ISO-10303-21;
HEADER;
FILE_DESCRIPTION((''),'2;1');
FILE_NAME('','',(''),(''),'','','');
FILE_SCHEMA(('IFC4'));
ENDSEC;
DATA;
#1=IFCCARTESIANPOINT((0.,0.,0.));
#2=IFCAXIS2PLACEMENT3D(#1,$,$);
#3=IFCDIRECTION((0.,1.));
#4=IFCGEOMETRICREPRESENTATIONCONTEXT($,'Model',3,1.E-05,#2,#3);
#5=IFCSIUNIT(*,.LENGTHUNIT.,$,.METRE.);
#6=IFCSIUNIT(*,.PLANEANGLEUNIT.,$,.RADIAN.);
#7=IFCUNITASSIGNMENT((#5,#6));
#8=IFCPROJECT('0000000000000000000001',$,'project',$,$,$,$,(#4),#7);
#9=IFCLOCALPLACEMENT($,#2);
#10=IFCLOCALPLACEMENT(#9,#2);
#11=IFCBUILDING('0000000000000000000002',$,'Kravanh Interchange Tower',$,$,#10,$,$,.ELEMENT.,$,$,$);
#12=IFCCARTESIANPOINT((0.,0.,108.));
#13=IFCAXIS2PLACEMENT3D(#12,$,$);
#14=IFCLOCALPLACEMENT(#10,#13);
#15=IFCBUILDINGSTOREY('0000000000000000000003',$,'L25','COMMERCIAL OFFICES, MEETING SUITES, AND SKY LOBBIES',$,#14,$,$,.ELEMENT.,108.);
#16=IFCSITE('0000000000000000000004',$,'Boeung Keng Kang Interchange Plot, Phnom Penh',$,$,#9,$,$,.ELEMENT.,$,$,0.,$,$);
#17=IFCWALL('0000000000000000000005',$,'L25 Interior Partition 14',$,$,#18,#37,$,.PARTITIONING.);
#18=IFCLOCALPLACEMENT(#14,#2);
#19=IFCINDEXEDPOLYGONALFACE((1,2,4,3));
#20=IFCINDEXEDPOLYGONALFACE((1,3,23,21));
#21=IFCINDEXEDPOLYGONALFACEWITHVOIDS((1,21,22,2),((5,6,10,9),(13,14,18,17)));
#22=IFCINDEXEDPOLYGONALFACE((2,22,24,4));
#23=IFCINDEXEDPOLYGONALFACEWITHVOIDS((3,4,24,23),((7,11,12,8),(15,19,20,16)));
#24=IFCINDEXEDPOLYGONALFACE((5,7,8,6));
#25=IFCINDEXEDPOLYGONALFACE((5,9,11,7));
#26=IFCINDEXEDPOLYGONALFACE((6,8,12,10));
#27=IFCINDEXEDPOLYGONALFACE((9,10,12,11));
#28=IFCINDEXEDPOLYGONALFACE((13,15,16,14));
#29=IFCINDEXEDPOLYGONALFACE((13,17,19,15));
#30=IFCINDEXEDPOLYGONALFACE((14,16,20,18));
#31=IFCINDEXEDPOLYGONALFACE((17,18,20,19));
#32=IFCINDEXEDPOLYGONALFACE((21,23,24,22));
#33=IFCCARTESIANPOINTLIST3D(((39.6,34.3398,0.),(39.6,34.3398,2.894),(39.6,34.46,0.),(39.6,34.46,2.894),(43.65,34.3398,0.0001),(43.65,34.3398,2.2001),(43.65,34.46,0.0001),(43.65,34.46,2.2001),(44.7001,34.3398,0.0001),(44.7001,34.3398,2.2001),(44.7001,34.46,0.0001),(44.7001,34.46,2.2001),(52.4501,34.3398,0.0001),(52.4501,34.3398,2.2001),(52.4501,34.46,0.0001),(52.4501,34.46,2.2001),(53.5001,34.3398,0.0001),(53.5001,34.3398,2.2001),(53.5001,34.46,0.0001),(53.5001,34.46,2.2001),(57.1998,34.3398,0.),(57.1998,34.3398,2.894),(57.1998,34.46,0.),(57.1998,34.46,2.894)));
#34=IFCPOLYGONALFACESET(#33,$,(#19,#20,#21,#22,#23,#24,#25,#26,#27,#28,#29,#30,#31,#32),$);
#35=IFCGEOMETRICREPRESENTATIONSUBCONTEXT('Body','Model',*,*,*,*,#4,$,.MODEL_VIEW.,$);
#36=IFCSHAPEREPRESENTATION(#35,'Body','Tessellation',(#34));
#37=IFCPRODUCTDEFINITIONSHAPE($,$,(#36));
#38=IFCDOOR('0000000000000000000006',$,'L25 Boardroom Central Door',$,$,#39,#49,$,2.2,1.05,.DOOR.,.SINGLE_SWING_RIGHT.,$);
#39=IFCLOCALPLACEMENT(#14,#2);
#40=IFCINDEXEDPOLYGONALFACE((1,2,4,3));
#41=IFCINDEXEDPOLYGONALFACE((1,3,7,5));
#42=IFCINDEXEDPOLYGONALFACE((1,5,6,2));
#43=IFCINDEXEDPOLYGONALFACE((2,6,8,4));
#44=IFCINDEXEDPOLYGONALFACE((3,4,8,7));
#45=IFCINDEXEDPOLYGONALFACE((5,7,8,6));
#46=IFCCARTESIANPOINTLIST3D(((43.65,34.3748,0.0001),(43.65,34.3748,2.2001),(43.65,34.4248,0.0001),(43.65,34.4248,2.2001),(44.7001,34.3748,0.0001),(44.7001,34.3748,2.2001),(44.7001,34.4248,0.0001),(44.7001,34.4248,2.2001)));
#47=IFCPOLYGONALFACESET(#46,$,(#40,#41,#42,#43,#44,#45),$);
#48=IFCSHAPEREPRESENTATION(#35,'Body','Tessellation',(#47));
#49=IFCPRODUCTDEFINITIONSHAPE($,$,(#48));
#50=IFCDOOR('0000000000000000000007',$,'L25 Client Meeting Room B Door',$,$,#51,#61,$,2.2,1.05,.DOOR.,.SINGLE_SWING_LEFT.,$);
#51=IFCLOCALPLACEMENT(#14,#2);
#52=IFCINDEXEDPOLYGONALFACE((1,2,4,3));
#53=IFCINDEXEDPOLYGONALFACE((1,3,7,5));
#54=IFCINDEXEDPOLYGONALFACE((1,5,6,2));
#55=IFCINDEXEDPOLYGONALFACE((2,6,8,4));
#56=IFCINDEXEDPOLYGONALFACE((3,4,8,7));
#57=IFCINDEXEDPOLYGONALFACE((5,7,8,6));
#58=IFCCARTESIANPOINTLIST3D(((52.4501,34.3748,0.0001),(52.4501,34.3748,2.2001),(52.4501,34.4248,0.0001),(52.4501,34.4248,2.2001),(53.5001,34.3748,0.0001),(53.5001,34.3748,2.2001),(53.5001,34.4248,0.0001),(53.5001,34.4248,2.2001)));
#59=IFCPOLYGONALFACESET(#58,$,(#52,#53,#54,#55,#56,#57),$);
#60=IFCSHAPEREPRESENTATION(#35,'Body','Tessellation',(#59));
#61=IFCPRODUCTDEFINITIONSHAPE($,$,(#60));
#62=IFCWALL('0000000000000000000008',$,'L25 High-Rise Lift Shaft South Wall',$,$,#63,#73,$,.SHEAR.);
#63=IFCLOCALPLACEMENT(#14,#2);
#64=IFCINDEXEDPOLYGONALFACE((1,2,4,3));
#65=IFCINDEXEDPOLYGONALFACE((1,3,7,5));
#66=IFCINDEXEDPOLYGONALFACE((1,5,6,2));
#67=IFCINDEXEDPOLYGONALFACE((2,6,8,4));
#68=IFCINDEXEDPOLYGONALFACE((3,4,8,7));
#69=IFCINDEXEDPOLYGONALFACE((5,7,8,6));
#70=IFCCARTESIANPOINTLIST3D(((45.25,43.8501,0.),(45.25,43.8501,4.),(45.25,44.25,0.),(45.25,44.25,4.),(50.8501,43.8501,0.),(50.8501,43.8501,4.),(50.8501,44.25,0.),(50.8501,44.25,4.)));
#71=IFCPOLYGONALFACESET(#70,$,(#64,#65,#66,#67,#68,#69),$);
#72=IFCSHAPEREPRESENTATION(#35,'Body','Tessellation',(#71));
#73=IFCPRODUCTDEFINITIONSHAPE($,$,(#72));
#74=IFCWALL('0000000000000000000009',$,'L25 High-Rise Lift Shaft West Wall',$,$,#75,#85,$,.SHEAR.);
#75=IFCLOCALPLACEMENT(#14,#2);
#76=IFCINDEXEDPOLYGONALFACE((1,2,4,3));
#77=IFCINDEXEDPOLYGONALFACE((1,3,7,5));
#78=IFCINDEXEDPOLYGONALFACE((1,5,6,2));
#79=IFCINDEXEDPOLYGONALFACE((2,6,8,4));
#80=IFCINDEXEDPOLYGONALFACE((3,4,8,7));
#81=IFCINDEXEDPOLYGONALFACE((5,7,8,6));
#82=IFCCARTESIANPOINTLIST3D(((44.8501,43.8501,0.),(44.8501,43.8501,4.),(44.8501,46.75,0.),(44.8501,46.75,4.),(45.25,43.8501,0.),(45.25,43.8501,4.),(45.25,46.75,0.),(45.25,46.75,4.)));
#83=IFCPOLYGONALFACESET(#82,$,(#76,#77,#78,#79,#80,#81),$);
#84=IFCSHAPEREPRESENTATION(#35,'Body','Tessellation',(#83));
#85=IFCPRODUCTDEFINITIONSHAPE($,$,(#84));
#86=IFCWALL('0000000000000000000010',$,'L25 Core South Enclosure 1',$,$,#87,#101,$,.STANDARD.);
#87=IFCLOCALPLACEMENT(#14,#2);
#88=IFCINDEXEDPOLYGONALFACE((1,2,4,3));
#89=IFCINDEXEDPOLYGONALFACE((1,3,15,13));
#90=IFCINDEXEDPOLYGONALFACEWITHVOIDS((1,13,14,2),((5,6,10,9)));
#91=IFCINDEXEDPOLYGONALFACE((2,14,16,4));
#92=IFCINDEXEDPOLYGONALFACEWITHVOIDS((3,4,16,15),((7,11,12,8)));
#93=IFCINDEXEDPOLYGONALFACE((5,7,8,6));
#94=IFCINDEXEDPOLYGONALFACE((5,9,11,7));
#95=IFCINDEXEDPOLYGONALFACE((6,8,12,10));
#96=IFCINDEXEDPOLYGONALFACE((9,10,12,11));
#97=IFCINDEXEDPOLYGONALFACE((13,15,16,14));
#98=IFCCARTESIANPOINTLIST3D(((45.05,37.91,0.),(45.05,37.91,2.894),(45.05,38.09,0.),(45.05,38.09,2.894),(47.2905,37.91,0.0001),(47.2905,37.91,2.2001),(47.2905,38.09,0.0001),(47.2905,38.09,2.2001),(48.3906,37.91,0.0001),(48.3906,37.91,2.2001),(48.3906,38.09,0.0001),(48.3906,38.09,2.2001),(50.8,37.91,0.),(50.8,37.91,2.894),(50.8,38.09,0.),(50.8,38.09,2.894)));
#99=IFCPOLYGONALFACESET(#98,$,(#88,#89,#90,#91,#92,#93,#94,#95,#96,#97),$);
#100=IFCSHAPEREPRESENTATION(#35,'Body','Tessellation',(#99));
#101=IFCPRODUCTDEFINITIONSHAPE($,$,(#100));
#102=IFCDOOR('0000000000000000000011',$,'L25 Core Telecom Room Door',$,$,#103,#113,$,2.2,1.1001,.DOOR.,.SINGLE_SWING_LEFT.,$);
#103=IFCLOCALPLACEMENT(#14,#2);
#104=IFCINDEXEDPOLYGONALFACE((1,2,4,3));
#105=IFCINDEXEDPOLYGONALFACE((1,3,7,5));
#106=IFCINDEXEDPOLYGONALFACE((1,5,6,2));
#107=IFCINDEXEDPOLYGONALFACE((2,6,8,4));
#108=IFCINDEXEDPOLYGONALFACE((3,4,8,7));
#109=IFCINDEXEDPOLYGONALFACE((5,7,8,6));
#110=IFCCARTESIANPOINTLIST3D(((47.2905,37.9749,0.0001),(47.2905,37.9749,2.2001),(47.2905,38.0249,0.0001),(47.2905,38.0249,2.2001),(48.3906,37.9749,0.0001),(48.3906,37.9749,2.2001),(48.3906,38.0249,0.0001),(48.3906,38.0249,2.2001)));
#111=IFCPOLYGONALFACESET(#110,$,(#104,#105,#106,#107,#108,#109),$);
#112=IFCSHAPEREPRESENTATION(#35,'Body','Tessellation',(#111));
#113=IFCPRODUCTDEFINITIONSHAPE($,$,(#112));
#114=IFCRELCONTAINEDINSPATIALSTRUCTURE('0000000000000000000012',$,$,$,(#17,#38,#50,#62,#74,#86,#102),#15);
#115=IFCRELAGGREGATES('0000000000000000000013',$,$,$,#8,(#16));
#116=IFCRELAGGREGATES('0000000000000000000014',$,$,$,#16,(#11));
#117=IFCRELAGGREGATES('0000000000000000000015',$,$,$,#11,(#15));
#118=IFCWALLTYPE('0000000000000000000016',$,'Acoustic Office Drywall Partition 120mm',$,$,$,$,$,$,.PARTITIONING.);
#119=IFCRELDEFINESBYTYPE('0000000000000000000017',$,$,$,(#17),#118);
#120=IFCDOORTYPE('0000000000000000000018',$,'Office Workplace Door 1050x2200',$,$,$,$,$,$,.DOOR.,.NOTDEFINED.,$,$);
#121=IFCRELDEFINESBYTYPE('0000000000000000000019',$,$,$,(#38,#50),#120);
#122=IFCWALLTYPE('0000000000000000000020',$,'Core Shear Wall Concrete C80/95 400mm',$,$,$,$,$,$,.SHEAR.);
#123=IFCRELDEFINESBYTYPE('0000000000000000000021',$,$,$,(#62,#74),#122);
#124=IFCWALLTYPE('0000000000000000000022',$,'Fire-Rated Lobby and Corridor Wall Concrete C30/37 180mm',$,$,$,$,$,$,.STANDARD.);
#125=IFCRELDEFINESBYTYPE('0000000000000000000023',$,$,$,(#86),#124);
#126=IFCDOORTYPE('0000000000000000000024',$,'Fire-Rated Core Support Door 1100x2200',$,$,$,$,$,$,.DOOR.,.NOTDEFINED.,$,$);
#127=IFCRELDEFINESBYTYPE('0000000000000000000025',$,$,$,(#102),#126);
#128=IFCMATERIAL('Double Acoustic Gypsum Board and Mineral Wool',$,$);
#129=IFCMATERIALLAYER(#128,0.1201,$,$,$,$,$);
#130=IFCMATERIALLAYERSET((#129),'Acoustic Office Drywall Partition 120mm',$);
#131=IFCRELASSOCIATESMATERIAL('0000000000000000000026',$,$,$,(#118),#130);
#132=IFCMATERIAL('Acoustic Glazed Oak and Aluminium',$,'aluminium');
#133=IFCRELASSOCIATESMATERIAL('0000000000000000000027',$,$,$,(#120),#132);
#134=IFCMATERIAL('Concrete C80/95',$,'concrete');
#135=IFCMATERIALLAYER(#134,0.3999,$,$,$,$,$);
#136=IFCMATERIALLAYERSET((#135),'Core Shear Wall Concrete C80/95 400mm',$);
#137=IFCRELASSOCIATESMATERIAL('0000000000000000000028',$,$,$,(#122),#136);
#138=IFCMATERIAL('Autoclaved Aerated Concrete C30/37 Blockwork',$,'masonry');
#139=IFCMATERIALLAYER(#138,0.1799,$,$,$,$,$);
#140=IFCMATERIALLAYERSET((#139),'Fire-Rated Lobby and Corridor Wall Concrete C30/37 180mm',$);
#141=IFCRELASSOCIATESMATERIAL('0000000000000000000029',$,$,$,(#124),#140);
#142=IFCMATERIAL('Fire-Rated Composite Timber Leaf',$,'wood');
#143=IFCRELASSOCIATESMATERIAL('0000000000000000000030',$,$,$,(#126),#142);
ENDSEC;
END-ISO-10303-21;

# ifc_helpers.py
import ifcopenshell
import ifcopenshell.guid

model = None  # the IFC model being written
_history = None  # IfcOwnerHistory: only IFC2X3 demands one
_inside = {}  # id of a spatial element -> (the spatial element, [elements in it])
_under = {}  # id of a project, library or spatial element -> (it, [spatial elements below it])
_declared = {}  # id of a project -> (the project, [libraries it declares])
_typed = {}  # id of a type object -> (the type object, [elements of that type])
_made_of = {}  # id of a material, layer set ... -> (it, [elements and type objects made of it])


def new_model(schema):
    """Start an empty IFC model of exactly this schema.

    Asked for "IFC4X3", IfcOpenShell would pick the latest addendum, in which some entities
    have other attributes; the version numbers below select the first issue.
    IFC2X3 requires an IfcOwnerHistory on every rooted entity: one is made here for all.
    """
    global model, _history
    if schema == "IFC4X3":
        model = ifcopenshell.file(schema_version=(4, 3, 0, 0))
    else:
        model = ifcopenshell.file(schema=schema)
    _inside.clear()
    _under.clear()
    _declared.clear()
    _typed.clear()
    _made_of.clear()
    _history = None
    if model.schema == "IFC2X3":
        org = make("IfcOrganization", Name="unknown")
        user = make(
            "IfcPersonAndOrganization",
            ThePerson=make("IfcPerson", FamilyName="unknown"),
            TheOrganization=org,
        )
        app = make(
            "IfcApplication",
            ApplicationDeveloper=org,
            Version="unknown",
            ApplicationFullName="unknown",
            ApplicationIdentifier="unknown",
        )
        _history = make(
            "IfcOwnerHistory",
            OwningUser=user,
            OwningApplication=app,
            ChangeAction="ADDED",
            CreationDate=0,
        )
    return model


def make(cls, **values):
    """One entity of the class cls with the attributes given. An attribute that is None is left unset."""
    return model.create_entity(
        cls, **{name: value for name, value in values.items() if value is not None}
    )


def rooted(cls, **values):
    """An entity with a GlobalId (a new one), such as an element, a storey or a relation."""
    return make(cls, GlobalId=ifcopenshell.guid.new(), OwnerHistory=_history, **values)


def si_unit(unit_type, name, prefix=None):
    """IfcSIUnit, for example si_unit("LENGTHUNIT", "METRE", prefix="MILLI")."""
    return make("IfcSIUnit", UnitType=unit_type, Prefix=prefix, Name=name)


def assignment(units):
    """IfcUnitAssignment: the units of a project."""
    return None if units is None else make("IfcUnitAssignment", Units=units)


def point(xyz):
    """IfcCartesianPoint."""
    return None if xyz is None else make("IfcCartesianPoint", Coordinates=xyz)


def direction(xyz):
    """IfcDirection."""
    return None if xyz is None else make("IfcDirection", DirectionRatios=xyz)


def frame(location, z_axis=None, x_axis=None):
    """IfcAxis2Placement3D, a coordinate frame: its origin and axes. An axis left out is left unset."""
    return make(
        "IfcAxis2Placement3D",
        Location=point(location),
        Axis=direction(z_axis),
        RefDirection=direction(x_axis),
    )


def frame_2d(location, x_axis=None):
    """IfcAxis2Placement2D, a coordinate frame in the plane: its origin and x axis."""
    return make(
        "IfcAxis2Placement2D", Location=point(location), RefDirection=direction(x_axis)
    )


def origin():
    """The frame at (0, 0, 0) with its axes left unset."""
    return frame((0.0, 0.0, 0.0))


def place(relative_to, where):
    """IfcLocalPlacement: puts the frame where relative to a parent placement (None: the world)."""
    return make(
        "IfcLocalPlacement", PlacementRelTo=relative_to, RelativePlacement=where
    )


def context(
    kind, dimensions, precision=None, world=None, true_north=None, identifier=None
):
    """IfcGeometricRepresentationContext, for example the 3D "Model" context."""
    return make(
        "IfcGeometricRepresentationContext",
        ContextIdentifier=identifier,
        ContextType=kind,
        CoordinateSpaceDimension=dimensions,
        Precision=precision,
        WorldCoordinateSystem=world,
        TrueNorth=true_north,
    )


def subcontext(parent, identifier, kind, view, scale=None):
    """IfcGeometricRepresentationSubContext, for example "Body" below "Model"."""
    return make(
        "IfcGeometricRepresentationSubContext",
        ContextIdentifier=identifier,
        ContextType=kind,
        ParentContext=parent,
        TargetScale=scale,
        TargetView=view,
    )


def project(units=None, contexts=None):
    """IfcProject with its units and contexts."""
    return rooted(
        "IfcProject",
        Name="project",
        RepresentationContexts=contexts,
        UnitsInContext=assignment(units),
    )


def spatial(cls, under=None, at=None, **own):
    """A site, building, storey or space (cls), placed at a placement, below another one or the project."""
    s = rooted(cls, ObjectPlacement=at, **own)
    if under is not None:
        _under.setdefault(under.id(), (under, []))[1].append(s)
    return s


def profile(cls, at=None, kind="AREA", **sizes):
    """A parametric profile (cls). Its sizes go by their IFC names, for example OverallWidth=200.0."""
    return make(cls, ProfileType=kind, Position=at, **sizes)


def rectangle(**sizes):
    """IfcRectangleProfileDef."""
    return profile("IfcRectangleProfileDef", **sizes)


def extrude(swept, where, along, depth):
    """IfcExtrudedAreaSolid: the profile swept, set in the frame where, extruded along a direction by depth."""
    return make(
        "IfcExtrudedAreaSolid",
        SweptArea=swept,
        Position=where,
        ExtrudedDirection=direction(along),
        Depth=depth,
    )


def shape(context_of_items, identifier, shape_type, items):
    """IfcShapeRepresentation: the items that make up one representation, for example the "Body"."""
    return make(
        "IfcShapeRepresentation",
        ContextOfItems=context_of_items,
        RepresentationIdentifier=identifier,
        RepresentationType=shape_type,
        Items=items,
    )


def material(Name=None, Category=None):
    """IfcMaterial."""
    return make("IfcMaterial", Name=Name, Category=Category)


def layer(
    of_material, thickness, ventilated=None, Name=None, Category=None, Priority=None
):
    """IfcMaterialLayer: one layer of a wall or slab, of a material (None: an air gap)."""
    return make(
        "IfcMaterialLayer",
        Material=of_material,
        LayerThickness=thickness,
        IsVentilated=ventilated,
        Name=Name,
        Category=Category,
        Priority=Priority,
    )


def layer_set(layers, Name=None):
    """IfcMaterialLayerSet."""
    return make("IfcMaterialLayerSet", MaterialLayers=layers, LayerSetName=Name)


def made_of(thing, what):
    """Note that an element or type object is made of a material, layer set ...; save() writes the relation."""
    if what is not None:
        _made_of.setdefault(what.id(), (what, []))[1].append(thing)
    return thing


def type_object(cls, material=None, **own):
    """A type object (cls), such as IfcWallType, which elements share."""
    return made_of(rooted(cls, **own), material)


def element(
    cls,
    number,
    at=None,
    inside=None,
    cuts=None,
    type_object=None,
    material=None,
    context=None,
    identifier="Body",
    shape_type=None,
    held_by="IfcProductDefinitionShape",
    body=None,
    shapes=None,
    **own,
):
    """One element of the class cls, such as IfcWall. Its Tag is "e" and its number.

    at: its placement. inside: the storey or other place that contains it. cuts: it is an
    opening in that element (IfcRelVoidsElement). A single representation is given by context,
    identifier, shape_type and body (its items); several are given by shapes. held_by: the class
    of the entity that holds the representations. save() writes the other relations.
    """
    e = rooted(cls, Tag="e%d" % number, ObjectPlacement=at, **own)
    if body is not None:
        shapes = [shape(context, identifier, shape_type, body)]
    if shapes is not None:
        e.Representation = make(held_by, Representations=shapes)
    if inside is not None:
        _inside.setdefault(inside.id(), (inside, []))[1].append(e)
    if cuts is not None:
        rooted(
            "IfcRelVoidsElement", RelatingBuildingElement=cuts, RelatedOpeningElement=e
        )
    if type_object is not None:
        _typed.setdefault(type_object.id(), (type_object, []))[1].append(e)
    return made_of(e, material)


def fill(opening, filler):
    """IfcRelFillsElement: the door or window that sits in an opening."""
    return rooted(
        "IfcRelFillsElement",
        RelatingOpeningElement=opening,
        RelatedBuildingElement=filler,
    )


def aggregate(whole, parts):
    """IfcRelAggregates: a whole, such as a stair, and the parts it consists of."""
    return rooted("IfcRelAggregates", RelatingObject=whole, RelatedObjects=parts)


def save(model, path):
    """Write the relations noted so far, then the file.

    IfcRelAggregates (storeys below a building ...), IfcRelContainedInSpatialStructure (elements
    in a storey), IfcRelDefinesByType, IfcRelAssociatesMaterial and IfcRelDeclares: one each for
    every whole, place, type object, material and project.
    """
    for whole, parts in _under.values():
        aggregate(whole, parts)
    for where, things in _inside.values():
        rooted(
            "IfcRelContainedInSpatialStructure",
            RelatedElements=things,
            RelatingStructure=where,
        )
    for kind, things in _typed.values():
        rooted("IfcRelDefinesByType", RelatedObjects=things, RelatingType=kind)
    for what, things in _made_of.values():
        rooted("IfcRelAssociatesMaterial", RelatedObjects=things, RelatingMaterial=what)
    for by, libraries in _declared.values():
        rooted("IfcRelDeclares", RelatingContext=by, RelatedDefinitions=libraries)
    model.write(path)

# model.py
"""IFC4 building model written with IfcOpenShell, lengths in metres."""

from ifc_helpers import new_model, si_unit, direction, frame, frame_2d, origin, place, context, subcontext, project, spatial, rectangle, extrude, material, layer, layer_set, type_object, element, fill, save


model = new_model("IFC4")

# Units and contexts
model_context = context("Model", 3, precision=1e-05, world=origin(), true_north=direction((0.0, 1.0)))
body_context = subcontext(model_context, "Body", "Model", "MODEL_VIEW")
ifc_project = project(units=[si_unit("LENGTHUNIT", "METRE"), si_unit("PLANEANGLEUNIT", "RADIAN")], contexts=[model_context])

# Site, building, storey
site_placement = place(None, origin())
site = spatial("IfcSite", under=ifc_project, at=site_placement, Name="Boeung Keng Kang Interchange Plot, Phnom Penh", CompositionType="ELEMENT", RefElevation=0.0)
building_placement = place(site_placement, origin())
building = spatial("IfcBuilding", under=site, at=building_placement, Name="Kravanh Interchange Tower", CompositionType="ELEMENT")
storey_placement = place(building_placement, frame((0.0, 0.0, 108.0)))
storey = spatial("IfcBuildingStorey", under=building, at=storey_placement, Name="L25", Description="COMMERCIAL OFFICES, MEETING SUITES, AND SKY LOBBIES", CompositionType="ELEMENT", Elevation=108.0)

# Wall, openings, doors
ifc_material_1 = material(Name="Double Acoustic Gypsum Board and Mineral Wool")
ifc_layer_1 = layer(ifc_material_1, 0.1201)
ifc_layer_set_1 = layer_set([ifc_layer_1], Name="Acoustic Office Drywall Partition 120mm")
wall_type_1 = type_object("IfcWallType", Name="Acoustic Office Drywall Partition 120mm", PredefinedType="PARTITIONING", material=ifc_layer_set_1)
wall_1_placement = place(storey_placement, frame((39.6001, 34.3999, 0.0), z_axis=(0.0, 0.0, 1.0), x_axis=(1.0, 0.0, 0.0)))
wall_1 = element("IfcWall", 1, at=wall_1_placement, inside=storey, type_object=wall_type_1, Name="L25 Interior Partition 14", PredefinedType="PARTITIONING", context=body_context, shape_type="SweptSolid", body=[
    extrude(rectangle(XDim=17.5999, YDim=0.1201, at=frame_2d((8.7998, 0.0))), origin(), (0.0, 0.0, 1.0), 2.894),
])
opening_1_placement = place(wall_1_placement, frame((4.05, 0.0, 0.0)))
opening_1 = element("IfcOpeningElement", 2, at=opening_1_placement, cuts=wall_1, PredefinedType="OPENING", context=body_context, shape_type="SweptSolid", body=[
    extrude(rectangle(XDim=1.05, YDim=2.2, at=frame_2d((0.5249, 1.1001))), frame((0.0, 0.0701, 0.0), z_axis=(0.0, -1.0, 0.0), x_axis=(1.0, 0.0, 0.0)), (0.0, 0.0, 1.0), 0.1401),
])
opening_2_placement = place(wall_1_placement, frame((12.8501, 0.0, 0.0)))
opening_2 = element("IfcOpeningElement", 3, at=opening_2_placement, cuts=wall_1, PredefinedType="OPENING", context=body_context, shape_type="SweptSolid", body=[
    extrude(rectangle(XDim=1.05, YDim=2.2, at=frame_2d((0.5249, 1.1001))), frame((0.0, 0.0701, 0.0), z_axis=(0.0, -1.0, 0.0), x_axis=(1.0, 0.0, 0.0)), (0.0, 0.0, 1.0), 0.1401),
])
ifc_material_2 = material(Name="Acoustic Glazed Oak and Aluminium", Category="aluminium")
door_type_1 = type_object("IfcDoorType", Name="Office Workplace Door 1050x2200", OperationType="NOTDEFINED", PredefinedType="DOOR", material=ifc_material_2)
door_1_placement = place(opening_1_placement, origin())
door_1 = element("IfcDoor", 4, at=door_1_placement, inside=storey, type_object=door_type_1, Name="L25 Boardroom Central Door", OperationType="SINGLE_SWING_RIGHT", OverallHeight=2.2, OverallWidth=1.05, PredefinedType="DOOR", context=body_context, shape_type="SweptSolid", body=[
    extrude(rectangle(XDim=1.05, YDim=2.2, at=frame_2d((0.5249, 1.1001))), frame((0.0, 0.0249, 0.0), z_axis=(0.0, -1.0, 0.0), x_axis=(1.0, 0.0, 0.0)), (0.0, 0.0, 1.0), 0.05),
])
fill(opening_1, door_1)
door_2_placement = place(opening_2_placement, origin())
door_2 = element("IfcDoor", 5, at=door_2_placement, inside=storey, type_object=door_type_1, Name="L25 Client Meeting Room B Door", OperationType="SINGLE_SWING_LEFT", OverallHeight=2.2, OverallWidth=1.05, PredefinedType="DOOR", context=body_context, shape_type="SweptSolid", body=[
    extrude(rectangle(XDim=1.05, YDim=2.2, at=frame_2d((0.5249, 1.1001))), frame((0.0, 0.0249, 0.0), z_axis=(0.0, -1.0, 0.0), x_axis=(1.0, 0.0, 0.0)), (0.0, 0.0, 1.0), 0.05),
])
fill(opening_2, door_2)

# Walls
ifc_material_3 = material(Name="Concrete C80/95", Category="concrete")
ifc_layer_2 = layer(ifc_material_3, 0.3999)
ifc_layer_set_2 = layer_set([ifc_layer_2], Name="Core Shear Wall Concrete C80/95 400mm")
wall_type_2 = type_object("IfcWallType", Name="Core Shear Wall Concrete C80/95 400mm", PredefinedType="SHEAR", material=ifc_layer_set_2)
wall_2_placement = place(storey_placement, frame((45.25, 44.05, 0.0), z_axis=(0.0, 0.0, 1.0), x_axis=(1.0, 0.0, 0.0)))
element("IfcWall", 6, at=wall_2_placement, inside=storey, type_object=wall_type_2, Name="L25 High-Rise Lift Shaft South Wall", PredefinedType="SHEAR", context=body_context, shape_type="SweptSolid", body=[
    extrude(rectangle(XDim=5.6001, YDim=0.3999, at=frame_2d((2.8, 0.0))), origin(), (0.0, 0.0, 1.0), 4.0),
])
wall_3_placement = place(storey_placement, frame((45.05, 43.8501, 0.0), z_axis=(0.0, 0.0, 1.0), x_axis=(0.0, 1.0, 0.0)))
element("IfcWall", 7, at=wall_3_placement, inside=storey, type_object=wall_type_2, Name="L25 High-Rise Lift Shaft West Wall", PredefinedType="SHEAR", context=body_context, shape_type="SweptSolid", body=[
    extrude(rectangle(XDim=2.8999, YDim=0.3999, at=frame_2d((1.45, 0.0))), origin(), (0.0, 0.0, 1.0), 4.0),
])

# Wall, opening, door
ifc_material_4 = material(Name="Autoclaved Aerated Concrete C30/37 Blockwork", Category="masonry")
ifc_layer_3 = layer(ifc_material_4, 0.1799)
ifc_layer_set_3 = layer_set([ifc_layer_3], Name="Fire-Rated Lobby and Corridor Wall Concrete C30/37 180mm")
wall_type_3 = type_object("IfcWallType", Name="Fire-Rated Lobby and Corridor Wall Concrete C30/37 180mm", PredefinedType="STANDARD", material=ifc_layer_set_3)
wall_4_placement = place(storey_placement, frame((45.05, 38.0, 0.0), z_axis=(0.0, 0.0, 1.0), x_axis=(1.0, 0.0, 0.0)))
wall_4 = element("IfcWall", 8, at=wall_4_placement, inside=storey, type_object=wall_type_3, Name="L25 Core South Enclosure 1", PredefinedType="STANDARD", context=body_context, shape_type="SweptSolid", body=[
    extrude(rectangle(XDim=5.75, YDim=0.1799, at=frame_2d((2.875, 0.0))), origin(), (0.0, 0.0, 1.0), 2.894),
])
opening_3_placement = place(wall_4_placement, frame((2.2405, 0.0, 0.0)))
opening_3 = element("IfcOpeningElement", 9, at=opening_3_placement, cuts=wall_4, PredefinedType="OPENING", context=body_context, shape_type="SweptSolid", body=[
    extrude(rectangle(XDim=1.1001, YDim=2.2, at=frame_2d((0.55, 1.1001))), frame((0.0, 0.1001, 0.0), z_axis=(0.0, -1.0, 0.0), x_axis=(1.0, 0.0, 0.0)), (0.0, 0.0, 1.0), 0.2),
])
ifc_material_5 = material(Name="Fire-Rated Composite Timber Leaf", Category="wood")
door_type_2 = type_object("IfcDoorType", Name="Fire-Rated Core Support Door 1100x2200", OperationType="NOTDEFINED", PredefinedType="DOOR", material=ifc_material_5)
door_3_placement = place(opening_3_placement, origin())
door_3 = element("IfcDoor", 10, at=door_3_placement, inside=storey, type_object=door_type_2, Name="L25 Core Telecom Room Door", OperationType="SINGLE_SWING_LEFT", OverallHeight=2.2, OverallWidth=1.1001, PredefinedType="DOOR", context=body_context, shape_type="SweptSolid", body=[
    extrude(rectangle(XDim=1.1001, YDim=2.2, at=frame_2d((0.55, 1.1001))), frame((0.0, 0.0249, 0.0), z_axis=(0.0, -1.0, 0.0), x_axis=(1.0, 0.0, 0.0)), (0.0, 0.0, 1.0), 0.05),
])
fill(opening_3, door_3)

save(model, "model.ifc")
